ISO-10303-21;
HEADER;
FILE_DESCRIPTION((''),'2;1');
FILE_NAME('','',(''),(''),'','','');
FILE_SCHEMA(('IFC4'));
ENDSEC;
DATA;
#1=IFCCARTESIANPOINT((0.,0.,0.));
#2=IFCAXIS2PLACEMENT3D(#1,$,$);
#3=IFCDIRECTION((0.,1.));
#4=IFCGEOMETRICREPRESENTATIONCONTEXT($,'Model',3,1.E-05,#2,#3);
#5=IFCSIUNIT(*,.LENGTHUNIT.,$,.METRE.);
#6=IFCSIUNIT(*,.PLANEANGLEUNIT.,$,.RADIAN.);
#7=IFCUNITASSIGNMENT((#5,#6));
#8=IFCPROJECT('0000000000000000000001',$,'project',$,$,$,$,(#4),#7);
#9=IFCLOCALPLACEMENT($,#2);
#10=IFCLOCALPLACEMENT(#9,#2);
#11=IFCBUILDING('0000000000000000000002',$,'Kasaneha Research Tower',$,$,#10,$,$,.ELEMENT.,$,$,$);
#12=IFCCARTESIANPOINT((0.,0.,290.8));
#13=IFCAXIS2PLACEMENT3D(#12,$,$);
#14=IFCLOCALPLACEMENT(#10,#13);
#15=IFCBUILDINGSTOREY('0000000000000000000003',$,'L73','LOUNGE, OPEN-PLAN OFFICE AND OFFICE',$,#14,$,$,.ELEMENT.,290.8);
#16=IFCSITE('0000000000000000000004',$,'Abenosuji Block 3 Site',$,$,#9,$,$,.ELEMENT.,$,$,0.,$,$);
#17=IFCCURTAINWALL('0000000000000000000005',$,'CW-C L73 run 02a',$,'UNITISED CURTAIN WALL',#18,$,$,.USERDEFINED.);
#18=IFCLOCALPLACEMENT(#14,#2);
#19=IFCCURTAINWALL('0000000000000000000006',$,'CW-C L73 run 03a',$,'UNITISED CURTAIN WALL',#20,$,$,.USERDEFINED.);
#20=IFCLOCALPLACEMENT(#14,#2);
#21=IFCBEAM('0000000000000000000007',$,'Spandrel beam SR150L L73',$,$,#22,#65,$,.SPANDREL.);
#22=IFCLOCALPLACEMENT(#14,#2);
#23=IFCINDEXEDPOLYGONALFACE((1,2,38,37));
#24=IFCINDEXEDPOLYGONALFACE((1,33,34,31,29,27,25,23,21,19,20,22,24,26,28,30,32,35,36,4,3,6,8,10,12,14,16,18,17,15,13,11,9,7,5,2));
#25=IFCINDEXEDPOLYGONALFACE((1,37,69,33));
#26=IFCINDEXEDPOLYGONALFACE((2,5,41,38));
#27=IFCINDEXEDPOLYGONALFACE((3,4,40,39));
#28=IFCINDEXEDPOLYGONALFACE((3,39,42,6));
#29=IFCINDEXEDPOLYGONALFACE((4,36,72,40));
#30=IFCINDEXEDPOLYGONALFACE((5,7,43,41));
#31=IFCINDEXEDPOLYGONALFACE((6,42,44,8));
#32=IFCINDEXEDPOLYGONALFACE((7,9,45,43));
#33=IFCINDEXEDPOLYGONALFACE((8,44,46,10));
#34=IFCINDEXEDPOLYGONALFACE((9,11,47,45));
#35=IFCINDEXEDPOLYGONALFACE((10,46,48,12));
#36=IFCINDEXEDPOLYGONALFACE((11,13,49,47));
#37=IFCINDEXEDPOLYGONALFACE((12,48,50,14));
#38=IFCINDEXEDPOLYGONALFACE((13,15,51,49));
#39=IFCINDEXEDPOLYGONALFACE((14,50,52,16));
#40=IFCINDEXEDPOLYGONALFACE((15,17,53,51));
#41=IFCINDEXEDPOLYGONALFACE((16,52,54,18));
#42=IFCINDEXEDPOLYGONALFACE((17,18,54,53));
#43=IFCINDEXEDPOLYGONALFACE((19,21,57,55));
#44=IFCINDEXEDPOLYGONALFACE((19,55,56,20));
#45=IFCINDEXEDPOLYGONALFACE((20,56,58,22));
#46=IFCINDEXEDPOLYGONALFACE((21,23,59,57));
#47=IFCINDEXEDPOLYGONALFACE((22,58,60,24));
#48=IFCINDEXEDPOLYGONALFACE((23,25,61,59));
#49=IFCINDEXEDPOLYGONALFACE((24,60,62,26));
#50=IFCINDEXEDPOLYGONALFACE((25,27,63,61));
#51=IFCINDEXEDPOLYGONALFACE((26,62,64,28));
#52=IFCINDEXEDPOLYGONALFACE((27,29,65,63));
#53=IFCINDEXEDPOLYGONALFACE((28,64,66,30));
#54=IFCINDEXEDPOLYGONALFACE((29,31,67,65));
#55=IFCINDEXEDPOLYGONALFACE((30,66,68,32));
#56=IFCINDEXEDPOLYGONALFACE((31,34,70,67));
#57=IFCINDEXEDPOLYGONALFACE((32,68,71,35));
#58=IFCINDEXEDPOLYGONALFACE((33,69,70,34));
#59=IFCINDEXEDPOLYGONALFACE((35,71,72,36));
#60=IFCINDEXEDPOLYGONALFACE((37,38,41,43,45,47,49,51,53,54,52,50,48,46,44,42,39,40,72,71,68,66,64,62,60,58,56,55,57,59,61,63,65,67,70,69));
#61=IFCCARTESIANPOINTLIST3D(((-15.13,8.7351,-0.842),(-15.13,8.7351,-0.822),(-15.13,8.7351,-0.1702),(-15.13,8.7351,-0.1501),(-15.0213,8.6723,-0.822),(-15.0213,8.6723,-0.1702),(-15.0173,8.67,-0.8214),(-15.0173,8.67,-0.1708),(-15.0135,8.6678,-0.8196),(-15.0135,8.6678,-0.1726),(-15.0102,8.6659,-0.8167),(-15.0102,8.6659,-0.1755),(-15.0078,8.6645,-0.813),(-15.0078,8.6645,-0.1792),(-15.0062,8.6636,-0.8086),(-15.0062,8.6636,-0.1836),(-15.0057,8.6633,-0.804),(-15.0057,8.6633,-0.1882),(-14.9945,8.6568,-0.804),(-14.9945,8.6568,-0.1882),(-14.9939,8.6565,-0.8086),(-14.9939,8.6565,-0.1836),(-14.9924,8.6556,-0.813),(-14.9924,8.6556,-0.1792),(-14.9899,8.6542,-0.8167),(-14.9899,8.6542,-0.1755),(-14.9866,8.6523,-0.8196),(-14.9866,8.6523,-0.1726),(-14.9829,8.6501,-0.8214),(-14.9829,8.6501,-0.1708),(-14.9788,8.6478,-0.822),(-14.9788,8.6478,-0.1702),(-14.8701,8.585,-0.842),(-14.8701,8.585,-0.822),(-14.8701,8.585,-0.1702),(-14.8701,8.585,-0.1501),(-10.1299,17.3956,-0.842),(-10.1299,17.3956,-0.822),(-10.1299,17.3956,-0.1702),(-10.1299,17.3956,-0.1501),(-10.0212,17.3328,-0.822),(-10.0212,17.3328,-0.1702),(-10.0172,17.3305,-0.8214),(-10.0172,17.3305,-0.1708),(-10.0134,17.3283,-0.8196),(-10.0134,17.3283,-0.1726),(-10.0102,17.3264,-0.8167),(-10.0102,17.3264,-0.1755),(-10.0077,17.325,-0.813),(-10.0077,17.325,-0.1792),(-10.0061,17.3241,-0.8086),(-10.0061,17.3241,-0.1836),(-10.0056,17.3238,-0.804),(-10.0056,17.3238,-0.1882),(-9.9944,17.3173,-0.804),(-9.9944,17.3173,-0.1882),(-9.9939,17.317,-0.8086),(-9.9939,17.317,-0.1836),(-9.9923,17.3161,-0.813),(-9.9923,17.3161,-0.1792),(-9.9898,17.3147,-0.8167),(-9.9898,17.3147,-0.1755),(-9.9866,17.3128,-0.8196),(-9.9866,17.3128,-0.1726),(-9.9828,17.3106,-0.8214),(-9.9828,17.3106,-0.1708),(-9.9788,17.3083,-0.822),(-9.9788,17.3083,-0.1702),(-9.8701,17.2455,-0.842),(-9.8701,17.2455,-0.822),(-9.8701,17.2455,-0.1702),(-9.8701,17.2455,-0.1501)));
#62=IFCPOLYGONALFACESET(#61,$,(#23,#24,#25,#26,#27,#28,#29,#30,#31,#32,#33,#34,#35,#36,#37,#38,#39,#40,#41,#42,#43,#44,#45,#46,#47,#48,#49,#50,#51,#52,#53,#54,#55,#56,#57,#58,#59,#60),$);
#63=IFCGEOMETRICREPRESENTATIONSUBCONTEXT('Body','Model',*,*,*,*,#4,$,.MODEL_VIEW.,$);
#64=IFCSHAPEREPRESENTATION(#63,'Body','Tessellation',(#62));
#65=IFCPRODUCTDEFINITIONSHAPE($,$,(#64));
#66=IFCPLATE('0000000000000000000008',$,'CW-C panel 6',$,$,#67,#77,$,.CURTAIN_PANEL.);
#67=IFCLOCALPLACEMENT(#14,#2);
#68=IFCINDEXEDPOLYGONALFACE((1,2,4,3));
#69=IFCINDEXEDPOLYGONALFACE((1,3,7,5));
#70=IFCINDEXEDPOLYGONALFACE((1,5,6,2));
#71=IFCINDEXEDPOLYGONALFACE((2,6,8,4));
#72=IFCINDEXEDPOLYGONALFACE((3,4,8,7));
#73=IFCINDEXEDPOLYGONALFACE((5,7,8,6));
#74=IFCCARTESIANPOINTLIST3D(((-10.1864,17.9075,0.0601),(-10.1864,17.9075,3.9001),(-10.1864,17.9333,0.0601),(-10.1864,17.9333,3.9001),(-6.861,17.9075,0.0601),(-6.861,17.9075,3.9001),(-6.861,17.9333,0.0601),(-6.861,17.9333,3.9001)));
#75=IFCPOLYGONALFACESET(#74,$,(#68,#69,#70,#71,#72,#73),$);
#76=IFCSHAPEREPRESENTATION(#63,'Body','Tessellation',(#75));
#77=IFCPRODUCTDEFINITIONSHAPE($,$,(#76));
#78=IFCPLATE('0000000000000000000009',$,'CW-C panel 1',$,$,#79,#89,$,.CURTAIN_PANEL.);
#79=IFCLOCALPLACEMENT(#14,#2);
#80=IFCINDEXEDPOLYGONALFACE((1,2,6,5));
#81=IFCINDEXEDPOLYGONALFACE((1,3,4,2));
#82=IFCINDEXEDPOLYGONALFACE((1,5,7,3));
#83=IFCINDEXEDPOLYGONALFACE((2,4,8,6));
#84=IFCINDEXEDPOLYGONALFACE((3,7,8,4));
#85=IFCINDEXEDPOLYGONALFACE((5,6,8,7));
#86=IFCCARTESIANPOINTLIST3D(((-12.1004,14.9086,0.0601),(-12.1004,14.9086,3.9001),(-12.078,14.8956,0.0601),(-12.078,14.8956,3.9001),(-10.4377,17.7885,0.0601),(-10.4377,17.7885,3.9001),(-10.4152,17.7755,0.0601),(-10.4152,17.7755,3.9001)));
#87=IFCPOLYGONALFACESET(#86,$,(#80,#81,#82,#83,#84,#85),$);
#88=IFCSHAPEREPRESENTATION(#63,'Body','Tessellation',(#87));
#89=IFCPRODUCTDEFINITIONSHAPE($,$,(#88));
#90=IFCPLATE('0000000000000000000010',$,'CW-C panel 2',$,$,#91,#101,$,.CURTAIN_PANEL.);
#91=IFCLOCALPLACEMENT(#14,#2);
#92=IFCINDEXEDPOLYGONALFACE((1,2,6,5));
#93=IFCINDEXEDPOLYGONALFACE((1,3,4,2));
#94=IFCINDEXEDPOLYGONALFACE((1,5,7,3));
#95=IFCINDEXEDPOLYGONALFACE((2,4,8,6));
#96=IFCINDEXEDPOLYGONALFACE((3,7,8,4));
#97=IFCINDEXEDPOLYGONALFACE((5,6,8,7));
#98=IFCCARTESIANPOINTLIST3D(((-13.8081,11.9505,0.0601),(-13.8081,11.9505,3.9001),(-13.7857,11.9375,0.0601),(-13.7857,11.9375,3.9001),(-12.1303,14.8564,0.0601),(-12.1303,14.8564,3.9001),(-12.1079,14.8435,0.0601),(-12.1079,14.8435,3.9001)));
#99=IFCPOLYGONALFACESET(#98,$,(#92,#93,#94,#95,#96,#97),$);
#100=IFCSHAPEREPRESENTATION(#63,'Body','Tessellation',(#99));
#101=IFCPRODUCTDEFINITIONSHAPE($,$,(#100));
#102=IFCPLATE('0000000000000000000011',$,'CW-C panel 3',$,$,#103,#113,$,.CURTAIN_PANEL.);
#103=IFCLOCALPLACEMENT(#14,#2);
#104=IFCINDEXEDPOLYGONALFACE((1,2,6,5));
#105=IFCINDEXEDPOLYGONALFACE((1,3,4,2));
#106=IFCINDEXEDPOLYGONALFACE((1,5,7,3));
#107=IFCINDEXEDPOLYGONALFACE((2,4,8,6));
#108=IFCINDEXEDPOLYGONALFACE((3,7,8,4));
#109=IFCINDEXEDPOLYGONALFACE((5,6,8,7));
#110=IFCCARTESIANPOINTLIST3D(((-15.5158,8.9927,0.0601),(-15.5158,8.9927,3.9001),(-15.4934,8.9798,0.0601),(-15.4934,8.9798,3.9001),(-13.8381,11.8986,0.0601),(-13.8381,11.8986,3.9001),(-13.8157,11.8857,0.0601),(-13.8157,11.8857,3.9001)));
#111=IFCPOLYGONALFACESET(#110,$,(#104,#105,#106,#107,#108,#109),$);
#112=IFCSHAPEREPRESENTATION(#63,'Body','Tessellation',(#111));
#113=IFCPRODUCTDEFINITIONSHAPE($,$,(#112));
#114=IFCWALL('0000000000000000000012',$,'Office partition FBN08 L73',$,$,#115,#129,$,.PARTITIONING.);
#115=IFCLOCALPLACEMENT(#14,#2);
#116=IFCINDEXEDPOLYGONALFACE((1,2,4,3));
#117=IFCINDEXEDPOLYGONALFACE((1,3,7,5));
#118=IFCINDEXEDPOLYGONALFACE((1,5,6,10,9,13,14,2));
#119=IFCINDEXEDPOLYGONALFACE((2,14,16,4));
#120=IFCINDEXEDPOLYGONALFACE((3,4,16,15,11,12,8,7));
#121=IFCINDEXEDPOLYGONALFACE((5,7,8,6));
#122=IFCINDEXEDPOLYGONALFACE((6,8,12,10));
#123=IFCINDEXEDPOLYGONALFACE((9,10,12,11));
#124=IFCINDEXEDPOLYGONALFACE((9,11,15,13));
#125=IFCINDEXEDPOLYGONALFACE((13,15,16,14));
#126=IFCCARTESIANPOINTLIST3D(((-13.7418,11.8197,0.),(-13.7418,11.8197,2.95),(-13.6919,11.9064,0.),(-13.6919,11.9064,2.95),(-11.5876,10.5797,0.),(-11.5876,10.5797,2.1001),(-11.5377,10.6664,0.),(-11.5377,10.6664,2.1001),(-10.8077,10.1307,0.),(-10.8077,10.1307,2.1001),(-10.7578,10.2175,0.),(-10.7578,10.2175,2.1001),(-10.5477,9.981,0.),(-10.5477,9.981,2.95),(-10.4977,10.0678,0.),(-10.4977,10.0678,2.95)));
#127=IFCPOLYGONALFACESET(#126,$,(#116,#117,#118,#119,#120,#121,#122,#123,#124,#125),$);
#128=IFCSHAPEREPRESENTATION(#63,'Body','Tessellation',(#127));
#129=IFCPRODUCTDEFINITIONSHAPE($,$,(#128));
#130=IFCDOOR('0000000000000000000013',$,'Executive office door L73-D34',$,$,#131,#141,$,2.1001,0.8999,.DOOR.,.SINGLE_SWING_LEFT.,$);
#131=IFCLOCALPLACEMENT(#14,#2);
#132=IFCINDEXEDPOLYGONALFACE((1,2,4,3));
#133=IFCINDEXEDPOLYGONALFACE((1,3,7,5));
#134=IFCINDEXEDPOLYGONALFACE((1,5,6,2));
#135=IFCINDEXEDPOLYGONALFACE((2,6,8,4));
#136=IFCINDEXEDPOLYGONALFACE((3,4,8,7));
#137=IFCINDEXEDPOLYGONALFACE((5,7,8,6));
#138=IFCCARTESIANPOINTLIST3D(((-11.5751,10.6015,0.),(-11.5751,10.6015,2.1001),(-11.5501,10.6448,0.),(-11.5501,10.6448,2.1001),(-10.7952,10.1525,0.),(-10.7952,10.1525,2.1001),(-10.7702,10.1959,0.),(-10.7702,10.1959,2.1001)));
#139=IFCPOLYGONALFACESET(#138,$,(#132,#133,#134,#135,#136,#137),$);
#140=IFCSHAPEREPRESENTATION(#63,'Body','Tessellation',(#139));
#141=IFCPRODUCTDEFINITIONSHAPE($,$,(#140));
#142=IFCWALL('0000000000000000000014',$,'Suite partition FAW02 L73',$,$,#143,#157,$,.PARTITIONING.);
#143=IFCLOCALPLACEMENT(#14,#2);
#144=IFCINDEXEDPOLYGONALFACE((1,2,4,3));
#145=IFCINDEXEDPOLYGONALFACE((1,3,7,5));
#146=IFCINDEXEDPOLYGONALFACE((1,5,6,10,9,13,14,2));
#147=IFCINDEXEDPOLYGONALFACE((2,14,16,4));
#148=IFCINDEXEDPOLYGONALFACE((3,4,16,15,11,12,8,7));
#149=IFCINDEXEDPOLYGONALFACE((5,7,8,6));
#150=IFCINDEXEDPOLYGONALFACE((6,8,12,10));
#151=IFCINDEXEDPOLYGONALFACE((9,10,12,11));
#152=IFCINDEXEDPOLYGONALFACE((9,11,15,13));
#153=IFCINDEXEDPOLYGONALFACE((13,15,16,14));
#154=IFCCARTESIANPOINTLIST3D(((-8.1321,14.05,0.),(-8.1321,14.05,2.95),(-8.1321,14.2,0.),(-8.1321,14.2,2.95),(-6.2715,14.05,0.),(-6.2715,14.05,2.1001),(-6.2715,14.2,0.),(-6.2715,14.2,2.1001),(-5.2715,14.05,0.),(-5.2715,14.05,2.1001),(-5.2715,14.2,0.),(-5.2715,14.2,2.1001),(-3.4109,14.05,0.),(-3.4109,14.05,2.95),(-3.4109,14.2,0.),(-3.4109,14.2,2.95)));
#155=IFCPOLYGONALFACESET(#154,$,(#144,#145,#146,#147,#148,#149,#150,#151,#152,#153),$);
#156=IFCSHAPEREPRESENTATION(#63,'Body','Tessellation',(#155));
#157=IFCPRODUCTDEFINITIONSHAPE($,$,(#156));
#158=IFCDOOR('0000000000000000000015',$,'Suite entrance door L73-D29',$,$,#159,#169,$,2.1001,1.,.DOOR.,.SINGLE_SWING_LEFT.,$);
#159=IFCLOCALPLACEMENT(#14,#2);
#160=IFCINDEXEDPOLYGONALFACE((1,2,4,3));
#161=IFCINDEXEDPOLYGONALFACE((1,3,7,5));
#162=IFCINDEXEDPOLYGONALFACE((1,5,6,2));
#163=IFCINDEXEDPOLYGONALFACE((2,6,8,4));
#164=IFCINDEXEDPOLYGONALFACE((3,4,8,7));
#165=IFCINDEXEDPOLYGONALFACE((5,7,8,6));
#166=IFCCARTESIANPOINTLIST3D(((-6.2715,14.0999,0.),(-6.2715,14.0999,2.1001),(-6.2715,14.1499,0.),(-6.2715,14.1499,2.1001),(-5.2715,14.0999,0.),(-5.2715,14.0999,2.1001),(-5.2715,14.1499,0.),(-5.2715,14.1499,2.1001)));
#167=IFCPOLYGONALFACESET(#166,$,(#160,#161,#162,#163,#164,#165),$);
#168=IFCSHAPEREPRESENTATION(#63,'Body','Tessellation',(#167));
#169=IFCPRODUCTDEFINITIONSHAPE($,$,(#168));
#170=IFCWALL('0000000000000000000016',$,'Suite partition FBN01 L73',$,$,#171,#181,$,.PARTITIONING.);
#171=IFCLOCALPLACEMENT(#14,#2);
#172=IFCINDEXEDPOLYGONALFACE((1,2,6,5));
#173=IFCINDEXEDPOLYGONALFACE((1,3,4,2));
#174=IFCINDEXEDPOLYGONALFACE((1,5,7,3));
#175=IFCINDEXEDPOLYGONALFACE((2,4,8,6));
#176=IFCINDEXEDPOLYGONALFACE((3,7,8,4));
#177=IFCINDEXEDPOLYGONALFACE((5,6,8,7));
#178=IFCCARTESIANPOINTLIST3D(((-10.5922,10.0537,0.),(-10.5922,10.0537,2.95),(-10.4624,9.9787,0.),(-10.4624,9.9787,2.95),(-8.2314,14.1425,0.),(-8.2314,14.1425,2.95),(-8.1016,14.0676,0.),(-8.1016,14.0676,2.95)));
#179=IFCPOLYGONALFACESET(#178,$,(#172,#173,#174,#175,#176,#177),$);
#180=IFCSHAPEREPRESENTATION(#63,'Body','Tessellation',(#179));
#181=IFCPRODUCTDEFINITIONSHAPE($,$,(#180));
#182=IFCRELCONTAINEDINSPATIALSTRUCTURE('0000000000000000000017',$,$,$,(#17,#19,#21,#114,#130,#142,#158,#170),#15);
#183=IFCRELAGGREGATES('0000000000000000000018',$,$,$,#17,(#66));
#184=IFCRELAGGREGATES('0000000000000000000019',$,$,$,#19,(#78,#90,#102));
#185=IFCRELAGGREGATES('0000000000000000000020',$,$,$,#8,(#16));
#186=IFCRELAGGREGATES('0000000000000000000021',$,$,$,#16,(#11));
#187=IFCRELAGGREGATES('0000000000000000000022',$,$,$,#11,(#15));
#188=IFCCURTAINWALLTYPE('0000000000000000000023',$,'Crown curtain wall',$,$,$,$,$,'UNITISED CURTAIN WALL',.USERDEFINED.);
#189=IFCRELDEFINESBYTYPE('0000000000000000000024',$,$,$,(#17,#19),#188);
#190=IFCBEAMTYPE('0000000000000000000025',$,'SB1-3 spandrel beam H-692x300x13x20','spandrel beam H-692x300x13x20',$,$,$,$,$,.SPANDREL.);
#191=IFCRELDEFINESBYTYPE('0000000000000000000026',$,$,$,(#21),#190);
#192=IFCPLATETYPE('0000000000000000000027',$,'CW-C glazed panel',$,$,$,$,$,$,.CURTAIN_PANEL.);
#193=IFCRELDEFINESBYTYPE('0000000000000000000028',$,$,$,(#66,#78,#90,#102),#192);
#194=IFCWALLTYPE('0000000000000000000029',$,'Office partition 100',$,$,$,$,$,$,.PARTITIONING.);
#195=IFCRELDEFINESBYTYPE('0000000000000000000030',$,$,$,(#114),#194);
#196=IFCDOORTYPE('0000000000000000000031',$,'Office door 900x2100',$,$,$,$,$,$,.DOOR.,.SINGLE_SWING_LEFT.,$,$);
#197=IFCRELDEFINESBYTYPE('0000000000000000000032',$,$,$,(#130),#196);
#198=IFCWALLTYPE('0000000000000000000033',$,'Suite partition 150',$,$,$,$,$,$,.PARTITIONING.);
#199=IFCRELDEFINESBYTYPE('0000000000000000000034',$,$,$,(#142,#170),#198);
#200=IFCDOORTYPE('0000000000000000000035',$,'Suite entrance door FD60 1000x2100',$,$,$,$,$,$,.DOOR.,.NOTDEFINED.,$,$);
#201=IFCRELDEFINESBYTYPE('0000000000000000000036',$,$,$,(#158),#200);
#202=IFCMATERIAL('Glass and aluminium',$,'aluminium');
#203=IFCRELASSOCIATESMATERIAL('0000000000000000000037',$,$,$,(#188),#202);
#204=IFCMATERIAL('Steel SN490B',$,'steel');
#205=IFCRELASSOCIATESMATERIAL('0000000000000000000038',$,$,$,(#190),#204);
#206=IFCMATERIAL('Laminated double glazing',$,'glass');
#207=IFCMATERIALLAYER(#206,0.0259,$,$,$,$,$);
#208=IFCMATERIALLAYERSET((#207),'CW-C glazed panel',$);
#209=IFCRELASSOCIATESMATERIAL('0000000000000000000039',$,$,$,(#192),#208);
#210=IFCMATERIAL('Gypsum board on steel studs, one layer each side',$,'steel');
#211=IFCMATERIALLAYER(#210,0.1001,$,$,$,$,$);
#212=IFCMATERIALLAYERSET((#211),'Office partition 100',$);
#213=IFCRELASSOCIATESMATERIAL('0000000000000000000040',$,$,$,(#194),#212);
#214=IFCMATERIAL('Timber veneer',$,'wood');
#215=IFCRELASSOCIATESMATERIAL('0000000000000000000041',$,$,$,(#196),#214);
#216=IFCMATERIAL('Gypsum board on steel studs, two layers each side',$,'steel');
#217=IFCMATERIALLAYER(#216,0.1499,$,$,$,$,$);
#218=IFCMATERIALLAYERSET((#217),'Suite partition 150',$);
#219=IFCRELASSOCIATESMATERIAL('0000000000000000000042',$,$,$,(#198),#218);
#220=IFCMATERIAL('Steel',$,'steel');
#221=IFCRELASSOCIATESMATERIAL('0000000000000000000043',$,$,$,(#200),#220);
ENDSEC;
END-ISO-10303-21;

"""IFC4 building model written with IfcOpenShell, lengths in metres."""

from ifc_helpers import new_model, si_unit, direction, frame, frame_2d, origin, origin_2d, place, context, subcontext, project, spatial, rectangle, i_section, extrude, material, layer, layer_set, material_profile, profile_set, type_object, element, fill, aggregate, save


model = new_model("IFC4")

# Units and contexts
model_context = context("Model", 3, precision=1e-05, world=origin(), true_north=direction((0.0, 1.0)))
body_context = subcontext(model_context, "Body", "Model", "MODEL_VIEW")
ifc_project = project(units=[si_unit("LENGTHUNIT", "METRE"), si_unit("PLANEANGLEUNIT", "RADIAN")], contexts=[model_context])

# Site, building, storey
site_placement = place(None, origin())
site = spatial("IfcSite", under=ifc_project, at=site_placement, Name="Abenosuji Block 3 Site", CompositionType="ELEMENT", RefElevation=0.0)
building_placement = place(site_placement, origin())
building = spatial("IfcBuilding", under=site, at=building_placement, Name="Kasaneha Research Tower", CompositionType="ELEMENT")
storey_placement = place(building_placement, frame((0.0, 0.0, 290.8)))
storey = spatial("IfcBuildingStorey", under=building, at=storey_placement, Name="L73", Description="LOUNGE, OPEN-PLAN OFFICE AND OFFICE", CompositionType="ELEMENT", Elevation=290.8)

# Curtain wall
ifc_material_1 = material(Name="Glass and aluminium", Category="aluminium")
curtain_wall_type = type_object("IfcCurtainWallType", Name="Crown curtain wall", ElementType="UNITISED CURTAIN WALL", PredefinedType="USERDEFINED", material=ifc_material_1)
curtain_wall_1_placement = place(storey_placement, origin())
curtain_wall_1 = element("IfcCurtainWall", 1, at=curtain_wall_1_placement, inside=storey, type_object=curtain_wall_type, Name="CW-C L73 run 02a", ObjectType="UNITISED CURTAIN WALL", PredefinedType="USERDEFINED")

# Curtain wall
curtain_wall_2_placement = place(storey_placement, origin())
curtain_wall_2 = element("IfcCurtainWall", 2, at=curtain_wall_2_placement, inside=storey, type_object=curtain_wall_type, Name="CW-C L73 run 03a", ObjectType="UNITISED CURTAIN WALL", PredefinedType="USERDEFINED")

# Beam
ifc_material_2 = material(Name="Steel SN490B", Category="steel")
ifc_material_profile_1 = material_profile(ifc_material_2, i_section(OverallWidth=0.3, OverallDepth=0.6919, WebThickness=0.0129, FlangeThickness=0.02, FilletRadius=0.0181, at=origin_2d()), Name="H-692x300x13x20")
ifc_profile_set_1 = profile_set([ifc_material_profile_1], Name="Steel SN490B")
beam_type_1 = type_object("IfcBeamType", Name="SB1-3 spandrel beam H-692x300x13x20", Description="spandrel beam H-692x300x13x20", PredefinedType="SPANDREL", material=ifc_profile_set_1)
beam_1_placement = place(storey_placement, frame((-10.0, 17.3206, -0.4961), z_axis=(-0.499994, -0.866029, 0.0), x_axis=(0.866029, -0.499994, 0.0)))
element("IfcBeam", 3, at=beam_1_placement, inside=storey, type_object=beam_type_1, Name="Spandrel beam SR150L L73", PredefinedType="SPANDREL", context=body_context, shape_type="SweptSolid", body=[
    extrude(i_section(OverallWidth=0.3, OverallDepth=0.6919, WebThickness=0.0129, FlangeThickness=0.02, FilletRadius=0.0181, at=origin_2d()), origin(), (0.0, 0.0, 1.0), 10.0002),
])

# Plates
ifc_material_3 = material(Name="Laminated double glazing", Category="glass")
ifc_layer_1 = layer(ifc_material_3, 0.0259)
ifc_layer_set_1 = layer_set([ifc_layer_1], Name="CW-C glazed panel")
plate_type = type_object("IfcPlateType", Name="CW-C glazed panel", PredefinedType="CURTAIN_PANEL", material=ifc_layer_set_1)
plate_1_placement = place(storey_placement, frame((-8.5237, 17.9204, 0.0601), z_axis=(0.0, 0.0, 1.0), x_axis=(-1.0, 0.0, 0.0)))
plate_1 = element("IfcPlate", 4, at=plate_1_placement, type_object=plate_type, Name="CW-C panel 6", PredefinedType="CURTAIN_PANEL", context=body_context, shape_type="SweptSolid", body=[
    extrude(rectangle(XDim=3.3254, YDim=0.0259, at=origin_2d()), origin(), (0.0, 0.0, 1.0), 3.8401),
])
aggregate(curtain_wall_1, [plate_1])
plate_2_placement = place(storey_placement, frame((-11.2578, 16.342, 0.0601), z_axis=(0.0, 0.0, 1.0), x_axis=(-0.5, -0.866025, 0.0)))
plate_2 = element("IfcPlate", 5, at=plate_2_placement, type_object=plate_type, Name="CW-C panel 1", PredefinedType="CURTAIN_PANEL", context=body_context, shape_type="SweptSolid", body=[
    extrude(rectangle(XDim=3.3254, YDim=0.0259, at=origin_2d()), origin(), (0.0, 0.0, 1.0), 3.8401),
])
plate_3_placement = place(storey_placement, frame((-12.958, 13.397, 0.0601), z_axis=(0.0, 0.0, 1.0), x_axis=(-0.5, -0.866025, 0.0)))
plate_3 = element("IfcPlate", 6, at=plate_3_placement, type_object=plate_type, Name="CW-C panel 2", PredefinedType="CURTAIN_PANEL", context=body_context, shape_type="SweptSolid", body=[
    extrude(rectangle(XDim=3.3555, YDim=0.0259, at=origin_2d()), origin(), (0.0, 0.0, 1.0), 3.8401),
])
plate_4_placement = place(storey_placement, frame((-14.6658, 10.4392, 0.0601), z_axis=(0.0, 0.0, 1.0), x_axis=(-0.5, -0.866025, 0.0)))
plate_4 = element("IfcPlate", 7, at=plate_4_placement, type_object=plate_type, Name="CW-C panel 3", PredefinedType="CURTAIN_PANEL", context=body_context, shape_type="SweptSolid", body=[
    extrude(rectangle(XDim=3.3555, YDim=0.0259, at=origin_2d()), origin(), (0.0, 0.0, 1.0), 3.8401),
])
aggregate(curtain_wall_2, [plate_2, plate_3, plate_4])

# Walls, openings, doors
ifc_material_4 = material(Name="Gypsum board on steel studs, one layer each side", Category="steel")
ifc_layer_2 = layer(ifc_material_4, 0.1001)
ifc_layer_set_2 = layer_set([ifc_layer_2], Name="Office partition 100")
wall_type_1 = type_object("IfcWallType", Name="Office partition 100", PredefinedType="PARTITIONING", material=ifc_layer_set_2)
wall_1_placement = place(storey_placement, frame((-10.5227, 10.0244, 0.0), z_axis=(0.0, 0.0, 1.0), x_axis=(-0.866669, 0.498883, 0.0)))
wall_1 = element("IfcWall", 8, at=wall_1_placement, inside=storey, type_object=wall_type_1, Name="Office partition FBN08 L73", PredefinedType="PARTITIONING", context=body_context, shape_type="SweptSolid", body=[
    extrude(rectangle(XDim=3.6855, YDim=0.1001, at=frame_2d((1.8428, 0.0))), origin(), (0.0, 0.0, 1.0), 2.95),
])
opening_1_placement = place(wall_1_placement, frame((0.3, 0.0, 0.0)))
opening_1 = element("IfcOpeningElement", 9, at=opening_1_placement, cuts=wall_1, PredefinedType="OPENING", context=body_context, shape_type="SweptSolid", body=[
    extrude(rectangle(XDim=0.8999, YDim=2.1001, at=frame_2d((0.45, 1.05))), frame((0.0, 0.0601, 0.0), z_axis=(0.0, -1.0, 0.0), x_axis=(1.0, 0.0, 0.0)), (0.0, 0.0, 1.0), 0.1201),
])
ifc_material_5 = material(Name="Timber veneer", Category="wood")
door_type_1 = type_object("IfcDoorType", Name="Office door 900x2100", OperationType="SINGLE_SWING_LEFT", PredefinedType="DOOR", material=ifc_material_5)
door_1_placement = place(opening_1_placement, origin())
door_1 = element("IfcDoor", 10, at=door_1_placement, inside=storey, type_object=door_type_1, Name="Executive office door L73-D34", OperationType="SINGLE_SWING_LEFT", OverallHeight=2.1001, OverallWidth=0.8999, PredefinedType="DOOR", context=body_context, shape_type="SweptSolid", body=[
    extrude(rectangle(XDim=0.8999, YDim=2.1001, at=frame_2d((0.45, 1.05))), frame((0.0, 0.0249, 0.0), z_axis=(0.0, -1.0, 0.0), x_axis=(1.0, 0.0, 0.0)), (0.0, 0.0, 1.0), 0.05),
])
fill(opening_1, door_1)
ifc_material_6 = material(Name="Gypsum board on steel studs, two layers each side", Category="steel")
ifc_layer_3 = layer(ifc_material_6, 0.1499)
ifc_layer_set_3 = layer_set([ifc_layer_3], Name="Suite partition 150")
wall_type_2 = type_object("IfcWallType", Name="Suite partition 150", PredefinedType="PARTITIONING", material=ifc_layer_set_3)
wall_2_placement = place(storey_placement, frame((-8.1321, 14.125, 0.0), z_axis=(0.0, 0.0, 1.0), x_axis=(1.0, 0.0, 0.0)))
wall_2 = element("IfcWall", 11, at=wall_2_placement, inside=storey, type_object=wall_type_2, Name="Suite partition FAW02 L73", PredefinedType="PARTITIONING", context=body_context, shape_type="SweptSolid", body=[
    extrude(rectangle(XDim=4.7212, YDim=0.1499, at=frame_2d((2.3606, 0.0))), origin(), (0.0, 0.0, 1.0), 2.95),
])
opening_2_placement = place(wall_2_placement, frame((1.8606, 0.0, 0.0)))
opening_2 = element("IfcOpeningElement", 12, at=opening_2_placement, cuts=wall_2, PredefinedType="OPENING", context=body_context, shape_type="SweptSolid", body=[
    extrude(rectangle(XDim=1.0, YDim=2.1001, at=frame_2d((0.5, 1.05))), frame((0.0, 0.085, 0.0), z_axis=(0.0, -1.0, 0.0), x_axis=(1.0, 0.0, 0.0)), (0.0, 0.0, 1.0), 0.1699),
])
ifc_material_7 = material(Name="Steel", Category="steel")
door_type_2 = type_object("IfcDoorType", Name="Suite entrance door FD60 1000x2100", OperationType="NOTDEFINED", PredefinedType="DOOR", material=ifc_material_7)
door_2_placement = place(opening_2_placement, origin())
door_2 = element("IfcDoor", 13, at=door_2_placement, inside=storey, type_object=door_type_2, Name="Suite entrance door L73-D29", OperationType="SINGLE_SWING_LEFT", OverallHeight=2.1001, OverallWidth=1.0, PredefinedType="DOOR", context=body_context, shape_type="SweptSolid", body=[
    extrude(rectangle(XDim=1.0, YDim=2.1001, at=frame_2d((0.5, 1.05))), frame((0.0, 0.0249, 0.0), z_axis=(0.0, -1.0, 0.0), x_axis=(1.0, 0.0, 0.0)), (0.0, 0.0, 1.0), 0.05),
])
fill(opening_2, door_2)

# Wall
wall_3_placement = place(storey_placement, frame((-10.5273, 10.0161, 0.0), z_axis=(0.0, 0.0, 1.0), x_axis=(0.500021, 0.866013, 0.0)))
element("IfcWall", 14, at=wall_3_placement, inside=storey, type_object=wall_type_2, Name="Suite partition FBN01 L73", PredefinedType="PARTITIONING", context=body_context, shape_type="SweptSolid", body=[
    extrude(rectangle(XDim=4.7214, YDim=0.1499, at=frame_2d((2.3608, 0.0))), origin(), (0.0, 0.0, 1.0), 2.95),
])

save(model, "model.ifc")
